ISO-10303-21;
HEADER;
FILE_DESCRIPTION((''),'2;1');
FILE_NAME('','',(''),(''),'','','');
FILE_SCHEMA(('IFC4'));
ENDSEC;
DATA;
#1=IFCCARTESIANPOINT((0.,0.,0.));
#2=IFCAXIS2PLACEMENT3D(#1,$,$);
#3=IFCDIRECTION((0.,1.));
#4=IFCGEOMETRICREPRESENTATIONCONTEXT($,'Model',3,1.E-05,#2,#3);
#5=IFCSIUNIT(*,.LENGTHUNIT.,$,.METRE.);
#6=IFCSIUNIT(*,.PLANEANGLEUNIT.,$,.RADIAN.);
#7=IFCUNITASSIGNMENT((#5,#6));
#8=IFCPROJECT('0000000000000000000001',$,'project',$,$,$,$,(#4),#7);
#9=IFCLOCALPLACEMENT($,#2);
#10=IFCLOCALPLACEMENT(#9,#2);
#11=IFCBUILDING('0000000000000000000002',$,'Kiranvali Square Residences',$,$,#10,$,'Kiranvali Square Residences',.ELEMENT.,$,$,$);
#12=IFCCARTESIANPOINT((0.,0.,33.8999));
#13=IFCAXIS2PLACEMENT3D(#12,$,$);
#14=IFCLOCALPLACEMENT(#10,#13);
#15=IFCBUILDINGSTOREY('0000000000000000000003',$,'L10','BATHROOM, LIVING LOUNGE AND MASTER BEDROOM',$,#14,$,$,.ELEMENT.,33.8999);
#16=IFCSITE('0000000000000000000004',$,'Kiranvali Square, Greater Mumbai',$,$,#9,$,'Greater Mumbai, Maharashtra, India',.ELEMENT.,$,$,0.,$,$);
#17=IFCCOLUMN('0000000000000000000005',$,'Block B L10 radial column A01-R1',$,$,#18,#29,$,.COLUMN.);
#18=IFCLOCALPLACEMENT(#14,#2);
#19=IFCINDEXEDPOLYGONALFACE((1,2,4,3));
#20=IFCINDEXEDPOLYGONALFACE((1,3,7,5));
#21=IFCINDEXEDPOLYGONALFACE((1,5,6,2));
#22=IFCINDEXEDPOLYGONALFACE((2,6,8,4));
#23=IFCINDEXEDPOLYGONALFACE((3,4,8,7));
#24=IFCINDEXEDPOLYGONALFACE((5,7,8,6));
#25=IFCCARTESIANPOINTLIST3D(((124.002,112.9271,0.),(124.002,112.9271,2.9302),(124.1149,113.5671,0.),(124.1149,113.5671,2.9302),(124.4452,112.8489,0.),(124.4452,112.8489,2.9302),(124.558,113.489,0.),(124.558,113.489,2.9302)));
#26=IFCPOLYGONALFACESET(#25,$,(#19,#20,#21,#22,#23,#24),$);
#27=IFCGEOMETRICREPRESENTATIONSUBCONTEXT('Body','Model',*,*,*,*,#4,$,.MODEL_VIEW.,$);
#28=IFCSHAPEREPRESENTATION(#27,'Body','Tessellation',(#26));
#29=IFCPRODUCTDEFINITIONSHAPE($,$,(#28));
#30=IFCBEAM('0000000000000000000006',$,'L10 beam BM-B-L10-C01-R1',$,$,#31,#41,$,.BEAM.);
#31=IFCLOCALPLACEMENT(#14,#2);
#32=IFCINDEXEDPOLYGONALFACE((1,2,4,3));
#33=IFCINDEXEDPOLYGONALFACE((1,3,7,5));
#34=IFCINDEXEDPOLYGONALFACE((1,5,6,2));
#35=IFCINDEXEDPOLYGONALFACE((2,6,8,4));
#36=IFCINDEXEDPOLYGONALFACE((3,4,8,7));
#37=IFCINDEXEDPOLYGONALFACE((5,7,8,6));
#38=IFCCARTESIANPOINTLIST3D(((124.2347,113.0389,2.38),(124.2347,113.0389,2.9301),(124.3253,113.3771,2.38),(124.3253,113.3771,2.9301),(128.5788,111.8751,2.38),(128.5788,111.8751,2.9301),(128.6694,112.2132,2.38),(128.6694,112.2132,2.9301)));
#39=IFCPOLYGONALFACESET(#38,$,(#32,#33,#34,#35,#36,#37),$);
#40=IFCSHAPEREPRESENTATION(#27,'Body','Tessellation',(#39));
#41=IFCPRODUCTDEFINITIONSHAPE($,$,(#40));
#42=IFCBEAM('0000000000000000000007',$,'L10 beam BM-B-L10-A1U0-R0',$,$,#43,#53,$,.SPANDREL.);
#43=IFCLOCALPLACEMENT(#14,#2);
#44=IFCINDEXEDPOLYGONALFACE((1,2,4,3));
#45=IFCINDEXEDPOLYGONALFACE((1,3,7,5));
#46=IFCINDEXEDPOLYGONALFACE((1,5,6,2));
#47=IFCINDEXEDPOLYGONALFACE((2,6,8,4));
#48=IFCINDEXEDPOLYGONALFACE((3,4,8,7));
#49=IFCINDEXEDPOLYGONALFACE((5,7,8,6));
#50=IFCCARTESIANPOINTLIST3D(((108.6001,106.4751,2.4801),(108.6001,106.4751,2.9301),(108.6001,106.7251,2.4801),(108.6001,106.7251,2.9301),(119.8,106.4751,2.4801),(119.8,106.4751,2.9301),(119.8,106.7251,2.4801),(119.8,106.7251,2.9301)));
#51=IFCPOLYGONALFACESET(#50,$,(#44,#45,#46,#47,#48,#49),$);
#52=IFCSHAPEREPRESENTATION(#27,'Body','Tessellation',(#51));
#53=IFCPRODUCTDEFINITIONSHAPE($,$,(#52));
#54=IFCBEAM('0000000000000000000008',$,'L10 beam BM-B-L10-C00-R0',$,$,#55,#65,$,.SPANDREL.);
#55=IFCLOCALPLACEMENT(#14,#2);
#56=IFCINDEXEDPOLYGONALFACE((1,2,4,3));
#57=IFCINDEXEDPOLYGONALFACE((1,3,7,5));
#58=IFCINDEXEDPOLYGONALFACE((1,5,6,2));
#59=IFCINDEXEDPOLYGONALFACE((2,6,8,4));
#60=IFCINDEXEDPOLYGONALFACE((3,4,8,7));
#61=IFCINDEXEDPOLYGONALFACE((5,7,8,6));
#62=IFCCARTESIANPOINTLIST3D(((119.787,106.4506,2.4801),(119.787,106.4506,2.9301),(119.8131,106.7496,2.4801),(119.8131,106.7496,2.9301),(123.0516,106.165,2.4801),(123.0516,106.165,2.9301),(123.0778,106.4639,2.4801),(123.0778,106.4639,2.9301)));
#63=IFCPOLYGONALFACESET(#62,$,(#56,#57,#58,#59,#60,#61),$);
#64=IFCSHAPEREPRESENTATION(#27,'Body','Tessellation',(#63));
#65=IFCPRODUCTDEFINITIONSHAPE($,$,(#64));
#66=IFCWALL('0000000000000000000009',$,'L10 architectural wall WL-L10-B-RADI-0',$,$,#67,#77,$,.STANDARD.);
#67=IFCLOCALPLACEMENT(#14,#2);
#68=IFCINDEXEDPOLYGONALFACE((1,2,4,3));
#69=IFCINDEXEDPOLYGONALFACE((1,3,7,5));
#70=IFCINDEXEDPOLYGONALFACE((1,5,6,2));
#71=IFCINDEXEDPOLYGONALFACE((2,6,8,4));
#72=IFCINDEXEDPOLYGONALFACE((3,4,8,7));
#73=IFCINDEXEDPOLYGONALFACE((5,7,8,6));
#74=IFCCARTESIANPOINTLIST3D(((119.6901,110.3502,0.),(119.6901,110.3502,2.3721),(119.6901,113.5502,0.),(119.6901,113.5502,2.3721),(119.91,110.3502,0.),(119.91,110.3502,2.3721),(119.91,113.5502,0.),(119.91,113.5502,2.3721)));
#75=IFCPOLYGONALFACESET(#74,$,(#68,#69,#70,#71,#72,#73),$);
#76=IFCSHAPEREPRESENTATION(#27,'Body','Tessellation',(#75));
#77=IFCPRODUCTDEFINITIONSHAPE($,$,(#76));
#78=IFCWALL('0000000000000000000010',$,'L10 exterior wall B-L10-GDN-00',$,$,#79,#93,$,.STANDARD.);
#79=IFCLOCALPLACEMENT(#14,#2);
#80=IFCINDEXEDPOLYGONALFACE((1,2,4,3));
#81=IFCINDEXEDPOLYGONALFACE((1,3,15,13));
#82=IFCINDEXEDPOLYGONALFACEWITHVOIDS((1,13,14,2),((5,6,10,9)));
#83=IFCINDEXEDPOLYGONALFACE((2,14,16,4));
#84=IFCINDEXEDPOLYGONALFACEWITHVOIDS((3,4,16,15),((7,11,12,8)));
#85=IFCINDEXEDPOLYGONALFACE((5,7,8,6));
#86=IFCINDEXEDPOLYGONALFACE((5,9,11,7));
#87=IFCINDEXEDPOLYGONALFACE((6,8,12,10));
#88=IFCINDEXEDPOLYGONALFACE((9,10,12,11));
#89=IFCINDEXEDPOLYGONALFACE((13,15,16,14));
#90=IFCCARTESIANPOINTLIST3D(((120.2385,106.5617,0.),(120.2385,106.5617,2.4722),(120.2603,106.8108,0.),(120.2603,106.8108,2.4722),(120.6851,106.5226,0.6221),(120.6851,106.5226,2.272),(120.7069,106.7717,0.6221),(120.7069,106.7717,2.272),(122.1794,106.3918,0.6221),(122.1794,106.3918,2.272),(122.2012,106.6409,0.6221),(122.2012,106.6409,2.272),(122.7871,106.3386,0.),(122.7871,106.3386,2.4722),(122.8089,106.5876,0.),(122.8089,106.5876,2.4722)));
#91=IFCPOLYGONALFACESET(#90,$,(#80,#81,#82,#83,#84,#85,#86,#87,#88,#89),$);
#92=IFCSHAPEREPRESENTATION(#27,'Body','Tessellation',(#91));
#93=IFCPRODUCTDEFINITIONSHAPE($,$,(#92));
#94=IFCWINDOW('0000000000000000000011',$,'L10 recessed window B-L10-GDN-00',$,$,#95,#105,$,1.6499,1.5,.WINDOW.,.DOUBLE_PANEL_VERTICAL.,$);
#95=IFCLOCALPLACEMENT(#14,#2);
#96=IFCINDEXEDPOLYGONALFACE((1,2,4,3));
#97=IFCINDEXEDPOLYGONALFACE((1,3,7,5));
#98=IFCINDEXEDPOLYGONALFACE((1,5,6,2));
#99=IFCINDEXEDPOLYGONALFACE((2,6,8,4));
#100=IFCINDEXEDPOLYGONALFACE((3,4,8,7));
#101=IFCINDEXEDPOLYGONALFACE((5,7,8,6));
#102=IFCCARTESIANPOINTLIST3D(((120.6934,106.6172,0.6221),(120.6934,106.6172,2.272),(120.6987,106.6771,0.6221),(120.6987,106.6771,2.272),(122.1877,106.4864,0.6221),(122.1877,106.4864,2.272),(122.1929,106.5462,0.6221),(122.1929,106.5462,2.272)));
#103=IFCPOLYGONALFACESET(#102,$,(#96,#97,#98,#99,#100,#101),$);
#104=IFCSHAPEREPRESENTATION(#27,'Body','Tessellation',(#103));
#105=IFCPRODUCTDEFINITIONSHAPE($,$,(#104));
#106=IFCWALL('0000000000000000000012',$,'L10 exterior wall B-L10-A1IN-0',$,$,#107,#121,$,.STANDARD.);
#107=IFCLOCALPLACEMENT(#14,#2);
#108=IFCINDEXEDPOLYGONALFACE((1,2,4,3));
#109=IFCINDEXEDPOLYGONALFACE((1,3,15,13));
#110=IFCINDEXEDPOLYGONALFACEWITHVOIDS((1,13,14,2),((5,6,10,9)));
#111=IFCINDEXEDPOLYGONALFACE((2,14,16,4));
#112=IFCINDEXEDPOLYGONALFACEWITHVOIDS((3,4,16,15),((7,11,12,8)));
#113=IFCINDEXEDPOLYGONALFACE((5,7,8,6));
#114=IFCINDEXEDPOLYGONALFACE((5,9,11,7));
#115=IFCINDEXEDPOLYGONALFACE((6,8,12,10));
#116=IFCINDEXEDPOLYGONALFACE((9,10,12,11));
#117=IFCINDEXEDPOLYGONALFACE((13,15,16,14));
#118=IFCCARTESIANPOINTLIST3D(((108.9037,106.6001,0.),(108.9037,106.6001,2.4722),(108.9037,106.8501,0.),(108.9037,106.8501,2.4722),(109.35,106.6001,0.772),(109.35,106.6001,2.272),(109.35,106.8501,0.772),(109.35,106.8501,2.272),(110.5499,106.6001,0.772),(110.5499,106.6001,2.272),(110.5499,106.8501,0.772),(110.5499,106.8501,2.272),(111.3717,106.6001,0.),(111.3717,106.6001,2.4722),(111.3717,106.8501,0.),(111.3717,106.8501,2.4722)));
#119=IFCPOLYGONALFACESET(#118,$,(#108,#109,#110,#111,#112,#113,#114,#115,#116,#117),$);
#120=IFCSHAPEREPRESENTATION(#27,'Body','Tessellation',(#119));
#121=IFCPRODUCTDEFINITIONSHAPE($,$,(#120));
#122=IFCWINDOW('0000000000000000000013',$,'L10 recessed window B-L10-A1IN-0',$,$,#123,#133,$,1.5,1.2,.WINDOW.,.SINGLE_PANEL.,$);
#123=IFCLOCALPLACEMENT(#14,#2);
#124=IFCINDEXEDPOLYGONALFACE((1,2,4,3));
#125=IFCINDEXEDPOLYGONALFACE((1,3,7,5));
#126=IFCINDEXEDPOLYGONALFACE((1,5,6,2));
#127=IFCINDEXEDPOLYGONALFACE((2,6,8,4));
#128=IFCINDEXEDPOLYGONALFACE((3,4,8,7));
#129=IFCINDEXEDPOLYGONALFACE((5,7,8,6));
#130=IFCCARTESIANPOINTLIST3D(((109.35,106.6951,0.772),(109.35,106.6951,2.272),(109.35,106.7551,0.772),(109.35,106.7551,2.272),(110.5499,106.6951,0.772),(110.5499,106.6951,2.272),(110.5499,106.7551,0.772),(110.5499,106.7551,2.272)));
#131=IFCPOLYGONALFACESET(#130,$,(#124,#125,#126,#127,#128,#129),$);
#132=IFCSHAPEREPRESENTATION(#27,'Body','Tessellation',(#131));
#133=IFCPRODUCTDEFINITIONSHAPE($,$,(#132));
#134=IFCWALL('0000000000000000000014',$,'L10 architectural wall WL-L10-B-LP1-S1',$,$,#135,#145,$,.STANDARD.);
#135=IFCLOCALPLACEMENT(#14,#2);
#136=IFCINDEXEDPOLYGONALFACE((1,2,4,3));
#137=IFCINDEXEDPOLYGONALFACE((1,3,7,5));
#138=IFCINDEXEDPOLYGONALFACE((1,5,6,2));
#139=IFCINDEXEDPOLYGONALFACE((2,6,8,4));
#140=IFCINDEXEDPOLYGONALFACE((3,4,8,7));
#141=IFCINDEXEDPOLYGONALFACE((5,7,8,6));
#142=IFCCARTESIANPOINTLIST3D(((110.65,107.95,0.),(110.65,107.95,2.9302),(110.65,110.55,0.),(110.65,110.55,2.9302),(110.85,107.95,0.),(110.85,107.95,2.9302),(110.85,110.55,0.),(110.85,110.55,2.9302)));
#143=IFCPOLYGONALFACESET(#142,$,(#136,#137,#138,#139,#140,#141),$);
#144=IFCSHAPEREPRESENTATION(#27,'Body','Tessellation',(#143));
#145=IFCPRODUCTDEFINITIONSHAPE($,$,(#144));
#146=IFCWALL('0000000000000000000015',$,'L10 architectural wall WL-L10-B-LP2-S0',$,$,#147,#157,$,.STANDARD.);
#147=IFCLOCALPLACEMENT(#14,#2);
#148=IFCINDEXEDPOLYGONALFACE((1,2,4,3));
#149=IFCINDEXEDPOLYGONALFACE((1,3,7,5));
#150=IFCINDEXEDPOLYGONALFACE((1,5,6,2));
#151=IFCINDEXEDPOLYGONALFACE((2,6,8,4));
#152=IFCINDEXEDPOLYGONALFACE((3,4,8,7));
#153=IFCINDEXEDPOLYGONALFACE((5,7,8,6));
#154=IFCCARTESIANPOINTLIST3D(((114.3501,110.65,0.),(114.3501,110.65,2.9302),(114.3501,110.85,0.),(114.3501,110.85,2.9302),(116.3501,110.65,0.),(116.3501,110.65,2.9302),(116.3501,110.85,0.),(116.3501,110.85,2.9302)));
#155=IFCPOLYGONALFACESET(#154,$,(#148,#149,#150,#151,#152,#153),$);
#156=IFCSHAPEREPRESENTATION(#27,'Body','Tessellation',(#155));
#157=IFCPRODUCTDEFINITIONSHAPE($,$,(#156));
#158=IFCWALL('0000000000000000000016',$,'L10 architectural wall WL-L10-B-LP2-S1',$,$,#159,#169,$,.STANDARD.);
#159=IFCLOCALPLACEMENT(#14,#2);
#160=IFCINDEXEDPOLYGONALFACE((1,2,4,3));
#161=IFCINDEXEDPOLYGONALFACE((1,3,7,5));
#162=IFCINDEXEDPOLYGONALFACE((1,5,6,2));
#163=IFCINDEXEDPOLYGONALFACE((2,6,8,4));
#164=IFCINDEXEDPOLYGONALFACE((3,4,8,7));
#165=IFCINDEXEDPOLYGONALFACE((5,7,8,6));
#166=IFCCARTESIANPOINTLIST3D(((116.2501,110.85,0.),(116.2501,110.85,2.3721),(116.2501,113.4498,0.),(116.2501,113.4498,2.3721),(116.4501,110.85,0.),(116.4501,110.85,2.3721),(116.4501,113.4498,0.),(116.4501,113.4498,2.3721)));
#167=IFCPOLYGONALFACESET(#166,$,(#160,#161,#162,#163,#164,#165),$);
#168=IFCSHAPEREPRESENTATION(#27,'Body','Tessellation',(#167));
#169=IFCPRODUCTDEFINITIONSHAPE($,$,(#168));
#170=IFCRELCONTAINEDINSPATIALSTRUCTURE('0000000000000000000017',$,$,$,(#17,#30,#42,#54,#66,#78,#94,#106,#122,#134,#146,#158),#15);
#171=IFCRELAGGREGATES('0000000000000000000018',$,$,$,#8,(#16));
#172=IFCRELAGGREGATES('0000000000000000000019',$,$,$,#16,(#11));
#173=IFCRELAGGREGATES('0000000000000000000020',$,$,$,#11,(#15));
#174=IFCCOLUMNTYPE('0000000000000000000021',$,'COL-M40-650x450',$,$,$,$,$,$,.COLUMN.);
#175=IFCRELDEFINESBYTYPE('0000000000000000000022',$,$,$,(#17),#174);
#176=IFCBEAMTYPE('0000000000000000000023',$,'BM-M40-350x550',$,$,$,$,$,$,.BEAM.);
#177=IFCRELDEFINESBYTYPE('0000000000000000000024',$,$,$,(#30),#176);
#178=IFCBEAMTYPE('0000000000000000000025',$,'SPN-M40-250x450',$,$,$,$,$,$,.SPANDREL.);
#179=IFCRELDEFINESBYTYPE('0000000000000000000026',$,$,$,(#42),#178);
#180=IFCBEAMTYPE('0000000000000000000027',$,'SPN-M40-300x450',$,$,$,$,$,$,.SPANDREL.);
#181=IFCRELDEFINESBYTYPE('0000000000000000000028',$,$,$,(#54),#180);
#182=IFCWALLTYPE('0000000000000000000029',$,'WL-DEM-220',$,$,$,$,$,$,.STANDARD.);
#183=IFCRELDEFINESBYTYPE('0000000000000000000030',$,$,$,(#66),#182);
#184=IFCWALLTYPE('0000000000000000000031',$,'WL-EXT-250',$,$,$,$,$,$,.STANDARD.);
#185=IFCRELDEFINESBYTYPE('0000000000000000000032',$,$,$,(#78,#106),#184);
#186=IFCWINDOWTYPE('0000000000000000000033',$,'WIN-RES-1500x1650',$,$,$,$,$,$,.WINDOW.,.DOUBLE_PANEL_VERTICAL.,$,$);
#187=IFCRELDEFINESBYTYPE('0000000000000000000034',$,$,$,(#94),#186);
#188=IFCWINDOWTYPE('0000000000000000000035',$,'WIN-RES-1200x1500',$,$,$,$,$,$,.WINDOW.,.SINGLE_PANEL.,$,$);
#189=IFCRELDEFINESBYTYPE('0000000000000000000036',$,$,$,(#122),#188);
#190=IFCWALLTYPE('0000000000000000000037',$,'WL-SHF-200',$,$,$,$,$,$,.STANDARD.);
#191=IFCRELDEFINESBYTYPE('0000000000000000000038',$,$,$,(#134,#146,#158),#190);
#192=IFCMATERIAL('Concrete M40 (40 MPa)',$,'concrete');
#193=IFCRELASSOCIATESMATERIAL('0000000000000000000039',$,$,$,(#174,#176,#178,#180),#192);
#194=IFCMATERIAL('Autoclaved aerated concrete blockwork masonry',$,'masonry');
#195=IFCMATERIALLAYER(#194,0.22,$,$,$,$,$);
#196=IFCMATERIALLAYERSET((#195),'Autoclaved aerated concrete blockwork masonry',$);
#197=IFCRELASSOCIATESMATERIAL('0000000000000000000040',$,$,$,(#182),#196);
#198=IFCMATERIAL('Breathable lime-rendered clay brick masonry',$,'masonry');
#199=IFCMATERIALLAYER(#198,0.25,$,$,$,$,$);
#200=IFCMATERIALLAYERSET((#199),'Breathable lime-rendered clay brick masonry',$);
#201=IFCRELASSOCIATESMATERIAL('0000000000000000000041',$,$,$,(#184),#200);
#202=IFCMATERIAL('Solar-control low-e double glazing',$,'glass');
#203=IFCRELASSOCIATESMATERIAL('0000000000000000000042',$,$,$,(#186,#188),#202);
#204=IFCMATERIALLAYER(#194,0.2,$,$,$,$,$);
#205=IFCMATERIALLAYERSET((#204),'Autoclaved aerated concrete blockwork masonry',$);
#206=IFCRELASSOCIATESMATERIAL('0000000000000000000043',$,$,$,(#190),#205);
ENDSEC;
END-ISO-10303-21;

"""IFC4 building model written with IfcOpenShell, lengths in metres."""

from ifc_helpers import new_model, si_unit, direction, frame, frame_2d, origin, origin_2d, place, context, subcontext, project, spatial, rectangle, extrude, material, layer, layer_set, material_profile, profile_set, type_object, element, fill, save


model = new_model("IFC4")

# Units and contexts
model_context = context("Model", 3, precision=1e-05, world=origin(), true_north=direction((0.0, 1.0)))
body_context = subcontext(model_context, "Body", "Model", "MODEL_VIEW")
ifc_project = project(units=[si_unit("LENGTHUNIT", "METRE"), si_unit("PLANEANGLEUNIT", "RADIAN")], contexts=[model_context])

# Site, building, storey
site_placement = place(None, origin())
site = spatial("IfcSite", under=ifc_project, at=site_placement, Name="Kiranvali Square, Greater Mumbai", LongName="Greater Mumbai, Maharashtra, India", CompositionType="ELEMENT", RefElevation=0.0)
building_placement = place(site_placement, origin())
building = spatial("IfcBuilding", under=site, at=building_placement, Name="Kiranvali Square Residences", LongName="Kiranvali Square Residences", CompositionType="ELEMENT")
storey_placement = place(building_placement, frame((0.0, 0.0, 33.8999)))
storey = spatial("IfcBuildingStorey", under=building, at=storey_placement, Name="L10", Description="BATHROOM, LIVING LOUNGE AND MASTER BEDROOM", CompositionType="ELEMENT", Elevation=33.8999)

# Column
ifc_material_1 = material(Name="Concrete M40 (40 MPa)", Category="concrete")
ifc_material_profile_1 = material_profile(ifc_material_1, rectangle(XDim=0.45, YDim=0.6499, at=origin_2d()), Name="RC 650x450")
ifc_profile_set_1 = profile_set([ifc_material_profile_1], Name="Concrete M40 (40 MPa)")
column_type = type_object("IfcColumnType", Name="COL-M40-650x450", PredefinedType="COLUMN", material=ifc_profile_set_1)
column_placement = place(storey_placement, frame((124.28, 113.208, 0.0), z_axis=(0.0, 0.0, 1.0), x_axis=(-0.984808, 0.173648, 0.0)))
element("IfcColumn", 1, at=column_placement, inside=storey, type_object=column_type, Name="Block B L10 radial column A01-R1", PredefinedType="COLUMN", context=body_context, shape_type="SweptSolid", body=[
    extrude(rectangle(XDim=0.45, YDim=0.6499, at=origin_2d()), origin(), (0.0, 0.0, 1.0), 2.9302),
])

# Beams
ifc_material_profile_2 = material_profile(ifc_material_1, rectangle(XDim=0.3501, YDim=0.55, at=origin_2d()), Name="RC 350x550")
ifc_profile_set_2 = profile_set([ifc_material_profile_2], Name="Concrete M40 (40 MPa)")
beam_type_1 = type_object("IfcBeamType", Name="BM-M40-350x550", PredefinedType="BEAM", material=ifc_profile_set_2)
beam_1_placement = place(storey_placement, frame((124.28, 113.208, 2.655), z_axis=(0.965934, -0.258788, 0.0), x_axis=(0.258788, 0.965934, 0.0)))
element("IfcBeam", 2, at=beam_1_placement, inside=storey, type_object=beam_type_1, Name="L10 beam BM-B-L10-C01-R1", PredefinedType="BEAM", context=body_context, shape_type="SweptSolid", body=[
    extrude(rectangle(XDim=0.3501, YDim=0.55, at=origin_2d()), origin(), (0.0, 0.0, 1.0), 4.4973),
])
ifc_material_profile_3 = material_profile(ifc_material_1, rectangle(XDim=0.25, YDim=0.45, at=origin_2d()), Name="RC 250x450")
ifc_profile_set_3 = profile_set([ifc_material_profile_3], Name="Concrete M40 (40 MPa)")
beam_type_2 = type_object("IfcBeamType", Name="SPN-M40-250x450", PredefinedType="SPANDREL", material=ifc_profile_set_3)
beam_2_placement = place(storey_placement, frame((119.8, 106.6001, 2.7051), z_axis=(-1.0, 0.0, 0.0), x_axis=(0.0, -1.0, 0.0)))
element("IfcBeam", 3, at=beam_2_placement, inside=storey, type_object=beam_type_2, Name="L10 beam BM-B-L10-A1U0-R0", PredefinedType="SPANDREL", context=body_context, shape_type="SweptSolid", body=[
    extrude(rectangle(XDim=0.25, YDim=0.45, at=origin_2d()), origin(), (0.0, 0.0, 1.0), 11.2),
])
ifc_material_profile_4 = material_profile(ifc_material_1, rectangle(XDim=0.3, YDim=0.45, at=origin_2d()), Name="RC 300x450")
ifc_profile_set_4 = profile_set([ifc_material_profile_4], Name="Concrete M40 (40 MPa)")
beam_type_3 = type_object("IfcBeamType", Name="SPN-M40-300x450", PredefinedType="SPANDREL", material=ifc_profile_set_4)
beam_3_placement = place(storey_placement, frame((119.8, 106.6001, 2.7051), z_axis=(0.996194, -0.087163, 0.0), x_axis=(0.087163, 0.996194, 0.0)))
element("IfcBeam", 4, at=beam_3_placement, inside=storey, type_object=beam_type_3, Name="L10 beam BM-B-L10-C00-R0", PredefinedType="SPANDREL", context=body_context, shape_type="SweptSolid", body=[
    extrude(rectangle(XDim=0.3, YDim=0.45, at=origin_2d()), origin(), (0.0, 0.0, 1.0), 3.2771),
])

# Wall
ifc_material_2 = material(Name="Autoclaved aerated concrete blockwork masonry", Category="masonry")
ifc_layer_1 = layer(ifc_material_2, 0.22)
ifc_layer_set_1 = layer_set([ifc_layer_1], Name="Autoclaved aerated concrete blockwork masonry")
wall_type_1 = type_object("IfcWallType", Name="WL-DEM-220", PredefinedType="STANDARD", material=ifc_layer_set_1)
wall_1_placement = place(storey_placement, frame((119.8, 110.3501, 0.0), z_axis=(0.0, 0.0, 1.0), x_axis=(0.0, 1.0, 0.0)))
element("IfcWall", 5, at=wall_1_placement, inside=storey, type_object=wall_type_1, Name="L10 architectural wall WL-L10-B-RADI-0", PredefinedType="STANDARD", context=body_context, shape_type="SweptSolid", body=[
    extrude(rectangle(XDim=3.2, YDim=0.22, at=frame_2d((1.6001, 0.0))), origin(), (0.0, 0.0, 1.0), 2.3721),
])

# Walls, openings, windows
ifc_material_3 = material(Name="Breathable lime-rendered clay brick masonry", Category="masonry")
ifc_layer_2 = layer(ifc_material_3, 0.25)
ifc_layer_set_2 = layer_set([ifc_layer_2], Name="Breathable lime-rendered clay brick masonry")
wall_type_2 = type_object("IfcWallType", Name="WL-EXT-250", PredefinedType="STANDARD", material=ifc_layer_set_2)
wall_2_placement = place(storey_placement, frame((120.2493, 106.6863, 0.0), z_axis=(0.0, 0.0, 1.0), x_axis=(0.996189, -0.087223, 0.0)))
wall_2 = element("IfcWall", 6, at=wall_2_placement, inside=storey, type_object=wall_type_2, Name="L10 exterior wall B-L10-GDN-00", PredefinedType="STANDARD", context=body_context, shape_type="SweptSolid", body=[
    extrude(rectangle(XDim=2.5583, YDim=0.25, at=frame_2d((1.2793, 0.0))), origin(), (0.0, 0.0, 1.0), 2.4722),
])
opening_1_placement = place(wall_2_placement, frame((0.4485, 0.0, 0.6221)))
opening_1 = element("IfcOpeningElement", 7, at=opening_1_placement, cuts=wall_2, PredefinedType="OPENING", context=body_context, shape_type="SweptSolid", body=[
    extrude(rectangle(XDim=1.5, YDim=1.6499, at=frame_2d((0.75, 0.825))), frame((0.0, 0.135, 0.0), z_axis=(0.0, -1.0, 0.0), x_axis=(1.0, 0.0, 0.0)), (0.0, 0.0, 1.0), 0.27),
])
ifc_material_4 = material(Name="Solar-control low-e double glazing", Category="glass")
window_type_1 = type_object("IfcWindowType", Name="WIN-RES-1500x1650", PartitioningType="DOUBLE_PANEL_VERTICAL", PredefinedType="WINDOW", material=ifc_material_4)
window_1_placement = place(opening_1_placement, origin())
window_1 = element("IfcWindow", 8, at=window_1_placement, inside=storey, type_object=window_type_1, Name="L10 recessed window B-L10-GDN-00", OverallHeight=1.6499, OverallWidth=1.5, PartitioningType="DOUBLE_PANEL_VERTICAL", PredefinedType="WINDOW", context=body_context, shape_type="SweptSolid", body=[
    extrude(rectangle(XDim=1.5, YDim=1.6499, at=frame_2d((0.75, 0.825))), frame((0.0, 0.03, 0.0), z_axis=(0.0, -1.0, 0.0), x_axis=(1.0, 0.0, 0.0)), (0.0, 0.0, 1.0), 0.0601),
])
fill(opening_1, window_1)
wall_3_placement = place(storey_placement, frame((111.3716, 106.7251, 0.0), z_axis=(0.0, 0.0, 1.0), x_axis=(-1.0, 0.0, 0.0)))
wall_3 = element("IfcWall", 9, at=wall_3_placement, inside=storey, type_object=wall_type_2, Name="L10 exterior wall B-L10-A1IN-0", PredefinedType="STANDARD", context=body_context, shape_type="SweptSolid", body=[
    extrude(rectangle(XDim=2.468, YDim=0.25, at=frame_2d((1.2339, 0.0))), origin(), (0.0, 0.0, 1.0), 2.4722),
])
opening_2_placement = place(wall_3_placement, frame((0.8215, 0.0, 0.772)))
opening_2 = element("IfcOpeningElement", 10, at=opening_2_placement, cuts=wall_3, PredefinedType="OPENING", context=body_context, shape_type="SweptSolid", body=[
    extrude(rectangle(XDim=1.2, YDim=1.5, at=frame_2d((0.6001, 0.75))), frame((0.0, 0.135, 0.0), z_axis=(0.0, -1.0, 0.0), x_axis=(1.0, 0.0, 0.0)), (0.0, 0.0, 1.0), 0.27),
])
window_type_2 = type_object("IfcWindowType", Name="WIN-RES-1200x1500", PartitioningType="SINGLE_PANEL", PredefinedType="WINDOW", material=ifc_material_4)
window_2_placement = place(opening_2_placement, origin())
window_2 = element("IfcWindow", 11, at=window_2_placement, inside=storey, type_object=window_type_2, Name="L10 recessed window B-L10-A1IN-0", OverallHeight=1.5, OverallWidth=1.2, PartitioningType="SINGLE_PANEL", PredefinedType="WINDOW", context=body_context, shape_type="SweptSolid", body=[
    extrude(rectangle(XDim=1.2, YDim=1.5, at=frame_2d((0.6001, 0.75))), frame((0.0, 0.03, 0.0), z_axis=(0.0, -1.0, 0.0), x_axis=(1.0, 0.0, 0.0)), (0.0, 0.0, 1.0), 0.0601),
])
fill(opening_2, window_2)

# Wall
ifc_layer_3 = layer(ifc_material_2, 0.2)
ifc_layer_set_3 = layer_set([ifc_layer_3], Name="Autoclaved aerated concrete blockwork masonry")
wall_type_3 = type_object("IfcWallType", Name="WL-SHF-200", PredefinedType="STANDARD", material=ifc_layer_set_3)
wall_4_placement = place(storey_placement, frame((110.75, 107.95, 0.0), z_axis=(0.0, 0.0, 1.0), x_axis=(0.0, 1.0, 0.0)))
element("IfcWall", 12, at=wall_4_placement, inside=storey, type_object=wall_type_3, Name="L10 architectural wall WL-L10-B-LP1-S1", PredefinedType="STANDARD", context=body_context, shape_type="SweptSolid", body=[
    extrude(rectangle(XDim=2.6001, YDim=0.2, at=frame_2d((1.3, 0.0))), origin(), (0.0, 0.0, 1.0), 2.9302),
])

# Walls
wall_5_placement = place(storey_placement, frame((116.3501, 110.75, 0.0), z_axis=(0.0, 0.0, 1.0), x_axis=(-1.0, 0.0, 0.0)))
element("IfcWall", 13, at=wall_5_placement, inside=storey, type_object=wall_type_3, Name="L10 architectural wall WL-L10-B-LP2-S0", PredefinedType="STANDARD", context=body_context, shape_type="SweptSolid", body=[
    extrude(rectangle(XDim=2.0, YDim=0.2, at=frame_2d((1.0, 0.0))), origin(), (0.0, 0.0, 1.0), 2.9302),
])
wall_6_placement = place(storey_placement, frame((116.3501, 110.8501, 0.0), z_axis=(0.0, 0.0, 1.0), x_axis=(0.0, 1.0, 0.0)))
element("IfcWall", 14, at=wall_6_placement, inside=storey, type_object=wall_type_3, Name="L10 architectural wall WL-L10-B-LP2-S1", PredefinedType="STANDARD", context=body_context, shape_type="SweptSolid", body=[
    extrude(rectangle(XDim=2.5999, YDim=0.2, at=frame_2d((1.2998, 0.0))), origin(), (0.0, 0.0, 1.0), 2.3721),
])

save(model, "model.ifc")
